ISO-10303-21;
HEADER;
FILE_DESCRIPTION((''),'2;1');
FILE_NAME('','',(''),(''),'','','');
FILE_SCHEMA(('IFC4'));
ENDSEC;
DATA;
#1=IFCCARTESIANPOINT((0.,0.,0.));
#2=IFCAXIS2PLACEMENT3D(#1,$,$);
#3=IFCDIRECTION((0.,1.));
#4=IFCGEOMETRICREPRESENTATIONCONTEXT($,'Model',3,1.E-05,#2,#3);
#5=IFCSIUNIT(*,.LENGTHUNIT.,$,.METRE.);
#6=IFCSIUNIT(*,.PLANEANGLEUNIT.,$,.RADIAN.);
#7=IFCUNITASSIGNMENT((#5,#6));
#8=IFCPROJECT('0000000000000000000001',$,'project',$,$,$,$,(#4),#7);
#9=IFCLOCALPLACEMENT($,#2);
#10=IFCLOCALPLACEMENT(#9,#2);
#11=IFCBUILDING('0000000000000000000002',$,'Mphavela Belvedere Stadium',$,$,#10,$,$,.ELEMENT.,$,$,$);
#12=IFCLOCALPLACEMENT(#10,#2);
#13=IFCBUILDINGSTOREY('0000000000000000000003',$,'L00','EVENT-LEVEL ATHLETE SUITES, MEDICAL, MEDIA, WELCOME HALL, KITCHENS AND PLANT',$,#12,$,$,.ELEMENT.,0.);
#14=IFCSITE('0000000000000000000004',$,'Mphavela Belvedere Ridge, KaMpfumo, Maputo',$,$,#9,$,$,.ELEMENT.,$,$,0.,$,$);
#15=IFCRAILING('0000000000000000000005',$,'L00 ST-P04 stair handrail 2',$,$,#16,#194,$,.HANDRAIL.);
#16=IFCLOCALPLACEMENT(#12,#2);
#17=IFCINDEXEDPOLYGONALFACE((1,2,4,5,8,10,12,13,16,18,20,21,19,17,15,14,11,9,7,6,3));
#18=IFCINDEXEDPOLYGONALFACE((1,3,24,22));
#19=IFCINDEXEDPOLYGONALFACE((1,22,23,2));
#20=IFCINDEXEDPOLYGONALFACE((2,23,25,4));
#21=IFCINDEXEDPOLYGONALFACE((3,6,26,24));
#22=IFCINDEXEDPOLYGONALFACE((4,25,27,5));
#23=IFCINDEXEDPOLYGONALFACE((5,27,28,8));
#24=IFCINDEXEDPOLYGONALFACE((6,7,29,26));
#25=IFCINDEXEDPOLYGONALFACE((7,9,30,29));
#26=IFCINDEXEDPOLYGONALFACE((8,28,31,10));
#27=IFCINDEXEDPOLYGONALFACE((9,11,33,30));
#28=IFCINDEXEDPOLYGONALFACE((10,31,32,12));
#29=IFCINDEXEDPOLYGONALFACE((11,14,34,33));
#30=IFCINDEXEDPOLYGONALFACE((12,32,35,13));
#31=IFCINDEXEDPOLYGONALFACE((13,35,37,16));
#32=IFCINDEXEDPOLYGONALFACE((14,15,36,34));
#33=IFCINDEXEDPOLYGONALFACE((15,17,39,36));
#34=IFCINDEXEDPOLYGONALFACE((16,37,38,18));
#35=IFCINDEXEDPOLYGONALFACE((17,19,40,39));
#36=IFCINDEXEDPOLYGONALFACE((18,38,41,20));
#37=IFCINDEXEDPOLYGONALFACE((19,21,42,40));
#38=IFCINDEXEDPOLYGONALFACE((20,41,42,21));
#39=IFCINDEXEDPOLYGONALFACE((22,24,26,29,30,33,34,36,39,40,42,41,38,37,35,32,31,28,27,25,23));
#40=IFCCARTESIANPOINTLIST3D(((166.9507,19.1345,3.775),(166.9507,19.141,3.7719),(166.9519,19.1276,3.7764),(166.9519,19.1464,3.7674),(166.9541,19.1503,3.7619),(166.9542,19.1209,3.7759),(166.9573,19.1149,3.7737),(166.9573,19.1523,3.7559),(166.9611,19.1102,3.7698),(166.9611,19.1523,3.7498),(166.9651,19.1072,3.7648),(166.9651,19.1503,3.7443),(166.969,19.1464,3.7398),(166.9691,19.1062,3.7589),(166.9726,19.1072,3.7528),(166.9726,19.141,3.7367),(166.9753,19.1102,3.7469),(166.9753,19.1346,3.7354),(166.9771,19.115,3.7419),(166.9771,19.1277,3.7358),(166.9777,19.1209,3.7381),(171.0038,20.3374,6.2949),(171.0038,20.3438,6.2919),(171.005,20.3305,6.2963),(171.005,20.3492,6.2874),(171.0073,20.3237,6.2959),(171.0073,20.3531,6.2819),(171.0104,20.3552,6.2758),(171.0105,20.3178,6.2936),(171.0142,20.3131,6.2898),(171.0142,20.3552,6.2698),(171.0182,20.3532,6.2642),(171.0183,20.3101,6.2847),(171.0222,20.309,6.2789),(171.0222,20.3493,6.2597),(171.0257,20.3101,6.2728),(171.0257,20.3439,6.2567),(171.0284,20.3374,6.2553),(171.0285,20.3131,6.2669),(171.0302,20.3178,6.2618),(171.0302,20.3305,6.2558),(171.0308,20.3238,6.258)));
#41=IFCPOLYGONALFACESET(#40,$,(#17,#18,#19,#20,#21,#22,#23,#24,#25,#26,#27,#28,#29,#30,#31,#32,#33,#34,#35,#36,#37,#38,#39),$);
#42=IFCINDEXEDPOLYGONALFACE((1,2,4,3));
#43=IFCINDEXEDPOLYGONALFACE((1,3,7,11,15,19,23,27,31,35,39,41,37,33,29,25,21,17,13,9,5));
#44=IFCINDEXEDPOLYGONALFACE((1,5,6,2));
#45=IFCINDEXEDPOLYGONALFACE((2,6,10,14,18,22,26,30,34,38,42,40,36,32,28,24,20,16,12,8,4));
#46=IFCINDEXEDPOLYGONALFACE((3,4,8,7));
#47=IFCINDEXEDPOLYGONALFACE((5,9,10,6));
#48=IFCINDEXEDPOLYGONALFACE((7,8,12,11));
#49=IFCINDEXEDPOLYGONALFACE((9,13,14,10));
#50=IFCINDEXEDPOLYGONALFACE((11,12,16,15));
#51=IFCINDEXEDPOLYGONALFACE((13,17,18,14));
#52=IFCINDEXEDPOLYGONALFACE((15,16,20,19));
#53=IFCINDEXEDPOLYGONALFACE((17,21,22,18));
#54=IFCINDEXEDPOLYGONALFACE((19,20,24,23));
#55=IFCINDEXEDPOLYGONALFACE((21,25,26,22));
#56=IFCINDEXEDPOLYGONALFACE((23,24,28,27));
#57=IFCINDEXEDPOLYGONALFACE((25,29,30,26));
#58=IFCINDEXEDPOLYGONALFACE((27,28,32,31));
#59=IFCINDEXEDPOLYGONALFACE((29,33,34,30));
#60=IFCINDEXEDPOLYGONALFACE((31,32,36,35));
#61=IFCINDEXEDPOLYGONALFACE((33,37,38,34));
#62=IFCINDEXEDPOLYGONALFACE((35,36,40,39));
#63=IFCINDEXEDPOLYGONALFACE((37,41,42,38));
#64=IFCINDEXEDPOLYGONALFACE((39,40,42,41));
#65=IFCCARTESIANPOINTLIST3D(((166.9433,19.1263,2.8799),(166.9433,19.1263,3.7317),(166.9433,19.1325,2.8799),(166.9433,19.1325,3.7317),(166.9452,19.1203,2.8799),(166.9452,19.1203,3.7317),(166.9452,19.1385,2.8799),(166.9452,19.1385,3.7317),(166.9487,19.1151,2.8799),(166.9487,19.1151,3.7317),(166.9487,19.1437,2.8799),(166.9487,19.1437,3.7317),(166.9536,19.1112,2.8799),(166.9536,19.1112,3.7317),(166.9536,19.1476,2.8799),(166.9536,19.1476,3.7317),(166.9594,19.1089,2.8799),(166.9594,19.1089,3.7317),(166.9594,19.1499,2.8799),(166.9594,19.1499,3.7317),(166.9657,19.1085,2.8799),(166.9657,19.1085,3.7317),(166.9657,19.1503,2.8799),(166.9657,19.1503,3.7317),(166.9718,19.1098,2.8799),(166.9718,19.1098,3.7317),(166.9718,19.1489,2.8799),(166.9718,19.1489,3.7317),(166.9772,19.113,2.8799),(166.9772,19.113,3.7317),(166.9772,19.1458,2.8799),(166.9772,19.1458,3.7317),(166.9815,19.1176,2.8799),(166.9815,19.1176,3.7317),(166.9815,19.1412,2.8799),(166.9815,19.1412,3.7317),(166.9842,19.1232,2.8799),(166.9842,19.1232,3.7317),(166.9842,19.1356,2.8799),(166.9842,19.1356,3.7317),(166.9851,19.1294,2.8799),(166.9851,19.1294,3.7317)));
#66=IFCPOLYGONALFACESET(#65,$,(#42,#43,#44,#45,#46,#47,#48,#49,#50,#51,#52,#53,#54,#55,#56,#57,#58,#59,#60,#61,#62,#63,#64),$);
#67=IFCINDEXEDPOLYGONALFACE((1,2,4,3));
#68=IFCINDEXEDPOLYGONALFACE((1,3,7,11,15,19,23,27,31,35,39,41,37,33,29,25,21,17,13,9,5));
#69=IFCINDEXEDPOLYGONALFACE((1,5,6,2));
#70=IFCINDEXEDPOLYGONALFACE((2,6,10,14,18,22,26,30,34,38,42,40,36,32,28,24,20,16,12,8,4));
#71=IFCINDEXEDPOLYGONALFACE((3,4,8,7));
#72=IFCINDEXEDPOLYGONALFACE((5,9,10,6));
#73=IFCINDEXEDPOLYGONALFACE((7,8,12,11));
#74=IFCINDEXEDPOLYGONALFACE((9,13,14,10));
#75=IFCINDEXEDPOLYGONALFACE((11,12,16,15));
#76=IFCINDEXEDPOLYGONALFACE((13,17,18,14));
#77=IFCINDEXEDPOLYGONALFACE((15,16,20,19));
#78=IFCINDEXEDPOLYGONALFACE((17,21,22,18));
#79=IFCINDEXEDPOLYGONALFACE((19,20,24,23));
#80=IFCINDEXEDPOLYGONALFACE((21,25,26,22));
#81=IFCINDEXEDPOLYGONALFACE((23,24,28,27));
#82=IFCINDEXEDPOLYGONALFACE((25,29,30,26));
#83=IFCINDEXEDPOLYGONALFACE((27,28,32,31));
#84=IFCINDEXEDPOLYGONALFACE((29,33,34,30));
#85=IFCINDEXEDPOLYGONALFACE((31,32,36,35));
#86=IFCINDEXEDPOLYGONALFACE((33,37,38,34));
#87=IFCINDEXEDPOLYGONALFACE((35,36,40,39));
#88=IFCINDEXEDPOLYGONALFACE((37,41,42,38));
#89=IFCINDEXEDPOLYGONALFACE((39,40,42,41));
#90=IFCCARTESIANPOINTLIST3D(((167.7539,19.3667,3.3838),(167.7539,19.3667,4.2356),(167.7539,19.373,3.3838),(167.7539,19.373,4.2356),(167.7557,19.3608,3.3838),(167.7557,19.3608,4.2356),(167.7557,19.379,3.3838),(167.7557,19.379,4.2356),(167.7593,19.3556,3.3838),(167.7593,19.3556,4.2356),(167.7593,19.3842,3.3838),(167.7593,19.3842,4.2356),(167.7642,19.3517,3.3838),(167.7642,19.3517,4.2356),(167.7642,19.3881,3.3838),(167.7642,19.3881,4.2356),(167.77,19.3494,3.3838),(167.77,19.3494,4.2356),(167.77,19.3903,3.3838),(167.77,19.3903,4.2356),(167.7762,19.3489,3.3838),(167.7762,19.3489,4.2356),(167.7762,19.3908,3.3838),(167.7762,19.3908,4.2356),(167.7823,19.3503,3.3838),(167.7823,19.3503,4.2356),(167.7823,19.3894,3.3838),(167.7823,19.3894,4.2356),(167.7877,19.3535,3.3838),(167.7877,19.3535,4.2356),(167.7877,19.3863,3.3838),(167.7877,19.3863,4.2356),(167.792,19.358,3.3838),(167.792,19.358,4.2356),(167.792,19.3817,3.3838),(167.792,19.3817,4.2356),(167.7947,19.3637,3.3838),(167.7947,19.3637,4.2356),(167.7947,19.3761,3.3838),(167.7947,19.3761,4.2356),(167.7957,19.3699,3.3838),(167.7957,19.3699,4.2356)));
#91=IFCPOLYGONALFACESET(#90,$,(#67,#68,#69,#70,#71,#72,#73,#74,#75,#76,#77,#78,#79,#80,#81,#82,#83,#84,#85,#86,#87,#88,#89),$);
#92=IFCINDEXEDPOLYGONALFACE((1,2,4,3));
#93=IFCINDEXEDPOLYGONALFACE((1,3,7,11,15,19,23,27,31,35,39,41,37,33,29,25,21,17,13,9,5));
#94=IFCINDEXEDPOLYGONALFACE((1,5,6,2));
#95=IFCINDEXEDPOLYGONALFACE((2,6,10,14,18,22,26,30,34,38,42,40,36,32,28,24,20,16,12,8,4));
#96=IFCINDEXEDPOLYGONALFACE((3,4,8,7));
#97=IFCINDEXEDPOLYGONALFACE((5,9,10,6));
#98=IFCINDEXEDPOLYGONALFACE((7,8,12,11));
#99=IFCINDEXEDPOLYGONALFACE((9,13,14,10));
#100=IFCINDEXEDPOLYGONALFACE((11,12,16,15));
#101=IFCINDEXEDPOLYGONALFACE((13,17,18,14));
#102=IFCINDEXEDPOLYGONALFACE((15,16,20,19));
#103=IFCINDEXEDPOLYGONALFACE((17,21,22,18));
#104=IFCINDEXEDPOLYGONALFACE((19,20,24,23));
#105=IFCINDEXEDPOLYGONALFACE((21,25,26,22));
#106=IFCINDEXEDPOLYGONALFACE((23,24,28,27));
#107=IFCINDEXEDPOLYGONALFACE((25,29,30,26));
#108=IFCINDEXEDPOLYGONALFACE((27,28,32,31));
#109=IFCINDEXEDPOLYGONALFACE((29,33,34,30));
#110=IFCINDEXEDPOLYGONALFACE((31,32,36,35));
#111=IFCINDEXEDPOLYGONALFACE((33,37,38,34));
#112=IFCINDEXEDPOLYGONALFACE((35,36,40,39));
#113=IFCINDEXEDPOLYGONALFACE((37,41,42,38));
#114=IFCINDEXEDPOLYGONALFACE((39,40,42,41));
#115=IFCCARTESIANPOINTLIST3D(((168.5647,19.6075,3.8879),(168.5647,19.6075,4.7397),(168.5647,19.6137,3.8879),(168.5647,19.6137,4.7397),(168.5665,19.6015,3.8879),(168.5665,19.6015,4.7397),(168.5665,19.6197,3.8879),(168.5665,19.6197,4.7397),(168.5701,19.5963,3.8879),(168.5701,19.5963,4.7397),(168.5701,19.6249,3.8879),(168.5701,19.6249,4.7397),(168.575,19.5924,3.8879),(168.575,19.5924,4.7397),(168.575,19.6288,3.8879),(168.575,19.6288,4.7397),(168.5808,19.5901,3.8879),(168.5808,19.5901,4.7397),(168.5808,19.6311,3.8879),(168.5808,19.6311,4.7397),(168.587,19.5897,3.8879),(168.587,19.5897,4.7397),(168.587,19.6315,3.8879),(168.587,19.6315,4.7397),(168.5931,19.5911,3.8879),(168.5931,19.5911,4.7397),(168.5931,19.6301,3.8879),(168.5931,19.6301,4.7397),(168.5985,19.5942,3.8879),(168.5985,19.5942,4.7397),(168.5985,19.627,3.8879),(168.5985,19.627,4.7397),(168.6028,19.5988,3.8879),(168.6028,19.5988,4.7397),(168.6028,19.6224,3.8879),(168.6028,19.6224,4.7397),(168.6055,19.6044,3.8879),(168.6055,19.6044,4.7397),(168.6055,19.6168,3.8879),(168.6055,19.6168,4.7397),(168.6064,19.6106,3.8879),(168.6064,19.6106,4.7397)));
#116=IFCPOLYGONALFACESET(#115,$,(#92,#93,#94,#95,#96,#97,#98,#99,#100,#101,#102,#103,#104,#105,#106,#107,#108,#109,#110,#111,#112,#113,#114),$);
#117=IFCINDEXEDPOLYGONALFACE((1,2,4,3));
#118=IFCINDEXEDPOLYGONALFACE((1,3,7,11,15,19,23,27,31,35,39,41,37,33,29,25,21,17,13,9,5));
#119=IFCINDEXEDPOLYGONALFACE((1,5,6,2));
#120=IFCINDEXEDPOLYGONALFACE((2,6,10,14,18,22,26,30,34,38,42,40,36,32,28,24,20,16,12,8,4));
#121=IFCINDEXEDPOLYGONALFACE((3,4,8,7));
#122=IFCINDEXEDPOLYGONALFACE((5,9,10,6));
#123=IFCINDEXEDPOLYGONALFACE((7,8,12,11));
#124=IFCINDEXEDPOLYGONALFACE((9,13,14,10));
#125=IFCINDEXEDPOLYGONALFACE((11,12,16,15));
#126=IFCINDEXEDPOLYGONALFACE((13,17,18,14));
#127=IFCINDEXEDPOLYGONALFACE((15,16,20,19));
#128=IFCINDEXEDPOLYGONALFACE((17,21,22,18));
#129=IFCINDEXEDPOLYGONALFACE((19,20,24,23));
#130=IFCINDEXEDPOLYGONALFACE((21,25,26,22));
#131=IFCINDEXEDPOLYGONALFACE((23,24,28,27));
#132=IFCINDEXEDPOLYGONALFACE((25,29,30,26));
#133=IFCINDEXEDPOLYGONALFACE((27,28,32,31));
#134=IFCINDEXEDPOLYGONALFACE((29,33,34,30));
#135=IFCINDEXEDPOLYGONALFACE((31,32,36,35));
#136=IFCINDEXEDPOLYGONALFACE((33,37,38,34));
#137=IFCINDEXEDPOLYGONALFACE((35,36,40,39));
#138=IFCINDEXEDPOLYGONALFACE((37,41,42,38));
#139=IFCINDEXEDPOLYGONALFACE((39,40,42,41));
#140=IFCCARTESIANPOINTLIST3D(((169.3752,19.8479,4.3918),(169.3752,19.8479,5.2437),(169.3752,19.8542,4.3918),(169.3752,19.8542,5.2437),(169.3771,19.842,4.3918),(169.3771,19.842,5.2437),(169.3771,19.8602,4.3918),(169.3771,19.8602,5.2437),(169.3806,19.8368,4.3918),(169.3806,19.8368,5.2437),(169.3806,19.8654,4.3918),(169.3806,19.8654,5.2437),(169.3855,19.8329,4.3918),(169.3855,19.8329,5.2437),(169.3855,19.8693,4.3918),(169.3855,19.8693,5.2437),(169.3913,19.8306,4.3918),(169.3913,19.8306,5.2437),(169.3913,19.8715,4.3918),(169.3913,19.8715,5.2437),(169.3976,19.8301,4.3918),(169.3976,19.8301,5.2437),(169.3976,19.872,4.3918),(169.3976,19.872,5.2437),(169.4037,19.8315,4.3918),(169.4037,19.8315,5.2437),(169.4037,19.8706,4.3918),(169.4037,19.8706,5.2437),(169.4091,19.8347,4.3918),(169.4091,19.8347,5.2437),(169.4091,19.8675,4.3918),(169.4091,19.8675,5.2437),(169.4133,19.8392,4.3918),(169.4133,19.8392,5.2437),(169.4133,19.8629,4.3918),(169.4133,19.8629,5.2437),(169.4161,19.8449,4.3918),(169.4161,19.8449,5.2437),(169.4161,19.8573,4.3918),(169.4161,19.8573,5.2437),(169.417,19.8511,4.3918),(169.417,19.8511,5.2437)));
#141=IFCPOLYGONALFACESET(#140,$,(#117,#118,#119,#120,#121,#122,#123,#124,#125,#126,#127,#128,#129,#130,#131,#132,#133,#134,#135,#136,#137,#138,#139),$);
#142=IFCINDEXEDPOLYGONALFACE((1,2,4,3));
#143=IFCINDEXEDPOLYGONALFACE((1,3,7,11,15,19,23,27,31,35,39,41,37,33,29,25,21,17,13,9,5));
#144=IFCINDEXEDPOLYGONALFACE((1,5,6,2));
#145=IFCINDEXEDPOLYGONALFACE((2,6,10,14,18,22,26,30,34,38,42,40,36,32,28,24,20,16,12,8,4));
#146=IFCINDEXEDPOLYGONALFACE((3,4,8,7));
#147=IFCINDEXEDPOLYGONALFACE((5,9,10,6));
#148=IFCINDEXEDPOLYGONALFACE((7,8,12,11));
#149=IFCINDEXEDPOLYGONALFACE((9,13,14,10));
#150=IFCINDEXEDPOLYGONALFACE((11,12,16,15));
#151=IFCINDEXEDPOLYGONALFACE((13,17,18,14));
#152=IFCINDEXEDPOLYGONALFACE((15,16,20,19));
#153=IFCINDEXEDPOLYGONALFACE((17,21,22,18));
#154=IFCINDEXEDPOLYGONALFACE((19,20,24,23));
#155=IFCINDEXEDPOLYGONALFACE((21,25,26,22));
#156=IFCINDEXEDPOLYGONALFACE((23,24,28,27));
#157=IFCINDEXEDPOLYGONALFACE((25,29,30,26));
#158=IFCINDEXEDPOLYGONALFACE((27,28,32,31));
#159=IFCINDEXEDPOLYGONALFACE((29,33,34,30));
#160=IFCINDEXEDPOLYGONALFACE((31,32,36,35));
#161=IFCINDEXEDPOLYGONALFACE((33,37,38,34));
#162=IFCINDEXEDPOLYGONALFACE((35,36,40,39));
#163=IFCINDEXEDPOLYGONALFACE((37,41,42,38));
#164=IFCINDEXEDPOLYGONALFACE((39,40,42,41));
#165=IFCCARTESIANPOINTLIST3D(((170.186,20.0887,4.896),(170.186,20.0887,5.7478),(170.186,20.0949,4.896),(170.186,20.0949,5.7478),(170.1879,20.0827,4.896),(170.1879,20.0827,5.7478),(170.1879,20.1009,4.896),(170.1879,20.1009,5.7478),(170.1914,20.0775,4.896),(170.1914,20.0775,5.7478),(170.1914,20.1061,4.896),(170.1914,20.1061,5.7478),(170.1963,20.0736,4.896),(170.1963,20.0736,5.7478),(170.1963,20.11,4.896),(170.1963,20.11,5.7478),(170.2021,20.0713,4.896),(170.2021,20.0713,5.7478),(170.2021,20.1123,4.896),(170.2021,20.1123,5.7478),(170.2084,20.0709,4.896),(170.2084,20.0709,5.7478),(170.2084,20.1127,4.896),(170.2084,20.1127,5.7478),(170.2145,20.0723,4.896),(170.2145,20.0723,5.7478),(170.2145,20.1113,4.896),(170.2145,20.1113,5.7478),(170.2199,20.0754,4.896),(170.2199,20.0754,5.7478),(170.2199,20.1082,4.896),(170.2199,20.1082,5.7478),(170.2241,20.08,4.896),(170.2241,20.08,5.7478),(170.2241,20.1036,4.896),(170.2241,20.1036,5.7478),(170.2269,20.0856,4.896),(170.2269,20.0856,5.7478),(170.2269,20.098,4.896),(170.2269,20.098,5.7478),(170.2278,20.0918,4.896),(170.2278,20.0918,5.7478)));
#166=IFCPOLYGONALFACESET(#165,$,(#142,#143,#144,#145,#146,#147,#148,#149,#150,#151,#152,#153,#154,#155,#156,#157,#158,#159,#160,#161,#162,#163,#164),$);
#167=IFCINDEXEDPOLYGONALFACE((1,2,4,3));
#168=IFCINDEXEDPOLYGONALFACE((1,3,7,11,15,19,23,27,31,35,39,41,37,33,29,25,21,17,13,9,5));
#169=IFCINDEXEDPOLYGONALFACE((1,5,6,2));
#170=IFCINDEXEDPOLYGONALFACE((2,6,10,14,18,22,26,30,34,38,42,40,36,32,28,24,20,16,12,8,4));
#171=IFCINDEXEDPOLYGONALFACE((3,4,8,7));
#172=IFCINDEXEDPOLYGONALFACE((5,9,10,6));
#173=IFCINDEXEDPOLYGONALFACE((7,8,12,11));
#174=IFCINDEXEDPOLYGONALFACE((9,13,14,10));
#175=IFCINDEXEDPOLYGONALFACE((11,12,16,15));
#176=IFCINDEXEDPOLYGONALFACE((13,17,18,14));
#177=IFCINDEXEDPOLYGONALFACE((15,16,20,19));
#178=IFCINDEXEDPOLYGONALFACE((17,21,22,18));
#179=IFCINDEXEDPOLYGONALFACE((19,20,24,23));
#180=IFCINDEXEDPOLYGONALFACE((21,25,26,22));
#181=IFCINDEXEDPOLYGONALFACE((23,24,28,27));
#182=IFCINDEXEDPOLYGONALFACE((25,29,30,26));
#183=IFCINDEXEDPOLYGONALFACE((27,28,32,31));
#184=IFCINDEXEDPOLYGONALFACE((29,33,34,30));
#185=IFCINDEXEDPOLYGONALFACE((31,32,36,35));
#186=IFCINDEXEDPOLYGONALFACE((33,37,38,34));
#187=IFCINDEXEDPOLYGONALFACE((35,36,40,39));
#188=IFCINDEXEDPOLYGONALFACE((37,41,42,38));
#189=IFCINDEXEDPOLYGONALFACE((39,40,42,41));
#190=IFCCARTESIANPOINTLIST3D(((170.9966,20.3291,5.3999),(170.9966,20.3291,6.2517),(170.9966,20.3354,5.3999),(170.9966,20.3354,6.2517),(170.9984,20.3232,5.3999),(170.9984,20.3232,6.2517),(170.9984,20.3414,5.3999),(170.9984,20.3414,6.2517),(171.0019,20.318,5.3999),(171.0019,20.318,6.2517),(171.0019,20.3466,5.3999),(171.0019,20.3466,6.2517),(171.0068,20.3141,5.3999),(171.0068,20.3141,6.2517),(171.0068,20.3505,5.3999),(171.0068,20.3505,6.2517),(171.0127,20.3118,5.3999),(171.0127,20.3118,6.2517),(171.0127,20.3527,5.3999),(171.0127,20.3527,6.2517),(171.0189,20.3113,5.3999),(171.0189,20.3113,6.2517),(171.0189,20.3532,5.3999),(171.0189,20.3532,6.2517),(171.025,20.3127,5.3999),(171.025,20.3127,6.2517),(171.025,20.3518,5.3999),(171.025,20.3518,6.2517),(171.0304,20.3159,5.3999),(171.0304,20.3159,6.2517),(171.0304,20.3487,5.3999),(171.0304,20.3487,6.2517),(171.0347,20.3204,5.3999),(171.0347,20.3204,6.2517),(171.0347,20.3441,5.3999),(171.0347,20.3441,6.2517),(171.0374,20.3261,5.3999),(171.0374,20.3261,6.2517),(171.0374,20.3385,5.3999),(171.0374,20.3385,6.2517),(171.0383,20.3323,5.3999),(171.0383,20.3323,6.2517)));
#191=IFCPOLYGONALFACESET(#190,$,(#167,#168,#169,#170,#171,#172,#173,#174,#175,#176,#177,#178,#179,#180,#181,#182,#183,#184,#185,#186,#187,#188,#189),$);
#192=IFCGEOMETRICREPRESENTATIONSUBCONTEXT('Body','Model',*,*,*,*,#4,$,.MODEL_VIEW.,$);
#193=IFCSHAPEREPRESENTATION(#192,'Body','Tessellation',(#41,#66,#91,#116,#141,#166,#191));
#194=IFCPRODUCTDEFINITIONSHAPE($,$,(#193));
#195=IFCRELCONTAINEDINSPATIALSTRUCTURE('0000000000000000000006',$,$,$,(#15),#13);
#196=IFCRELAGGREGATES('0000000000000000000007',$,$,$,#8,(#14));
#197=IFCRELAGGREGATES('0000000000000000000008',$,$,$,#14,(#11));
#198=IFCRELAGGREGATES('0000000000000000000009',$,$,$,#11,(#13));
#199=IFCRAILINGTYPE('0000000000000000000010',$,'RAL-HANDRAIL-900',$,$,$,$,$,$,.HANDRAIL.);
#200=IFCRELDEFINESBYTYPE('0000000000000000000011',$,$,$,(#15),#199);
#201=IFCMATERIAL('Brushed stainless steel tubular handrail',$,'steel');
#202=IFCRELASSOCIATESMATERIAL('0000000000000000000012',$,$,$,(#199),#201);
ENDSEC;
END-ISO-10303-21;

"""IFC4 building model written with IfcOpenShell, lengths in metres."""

from ifc_helpers import new_model, si_unit, direction, frame, origin, origin_2d, place, context, subcontext, project, spatial, circle, extrude, material, type_object, element, save


model = new_model("IFC4")

# Units and contexts
model_context = context("Model", 3, precision=1e-05, world=origin(), true_north=direction((0.0, 1.0)))
body_context = subcontext(model_context, "Body", "Model", "MODEL_VIEW")
ifc_project = project(units=[si_unit("LENGTHUNIT", "METRE"), si_unit("PLANEANGLEUNIT", "RADIAN")], contexts=[model_context])

# Site, building, storey
site_placement = place(None, origin())
site = spatial("IfcSite", under=ifc_project, at=site_placement, Name="Mphavela Belvedere Ridge, KaMpfumo, Maputo", CompositionType="ELEMENT", RefElevation=0.0)
building_placement = place(site_placement, origin())
building = spatial("IfcBuilding", under=site, at=building_placement, Name="Mphavela Belvedere Stadium", CompositionType="ELEMENT")
storey_placement = place(building_placement, origin())
storey = spatial("IfcBuildingStorey", under=building, at=storey_placement, Name="L00", Description="EVENT-LEVEL ATHLETE SUITES, MEDICAL, MEDIA, WELCOME HALL, KITCHENS AND PLANT", CompositionType="ELEMENT", Elevation=0.0)

# Railing
ifc_material_1 = material(Name="Brushed stainless steel tubular handrail", Category="steel")
railing_type_1 = type_object("IfcRailingType", Name="RAL-HANDRAIL-900", PredefinedType="HANDRAIL", material=ifc_material_1)
railing_1_placement = place(storey_placement, frame((166.9641, 19.1294, 2.8799)))
element("IfcRailing", 1, at=railing_1_placement, inside=storey, type_object=railing_type_1, Name="L00 ST-P04 stair handrail 2", PredefinedType="HANDRAIL", context=body_context, shape_type="SweptSolid", body=[
    extrude(circle(Radius=0.0239, at=origin_2d()), frame((0.0, 0.0, 0.876), z_axis=(0.823492, 0.244389, 0.511991), x_axis=(-0.284507, 0.958674, 0.0)), (0.0, 0.0, 1.0), 4.9219),
    extrude(circle(Radius=0.021, at=origin_2d()), origin(), (0.0, 0.0, 1.0), 0.8518),
    extrude(circle(Radius=0.021, at=origin_2d()), frame((0.8105, 0.2405, 0.5039)), (0.0, 0.0, 1.0), 0.8518),
    extrude(circle(Radius=0.021, at=origin_2d()), frame((1.6213, 0.4812, 1.0081)), (0.0, 0.0, 1.0), 0.8518),
    extrude(circle(Radius=0.021, at=origin_2d()), frame((2.4319, 0.7217, 1.512)), (0.0, 0.0, 1.0), 0.8518),
    extrude(circle(Radius=0.021, at=origin_2d()), frame((3.2427, 0.9624, 2.0161)), (0.0, 0.0, 1.0), 0.8518),
    extrude(circle(Radius=0.021, at=origin_2d()), frame((4.0532, 1.2029, 2.52)), (0.0, 0.0, 1.0), 0.8518),
])

save(model, "model.ifc")
